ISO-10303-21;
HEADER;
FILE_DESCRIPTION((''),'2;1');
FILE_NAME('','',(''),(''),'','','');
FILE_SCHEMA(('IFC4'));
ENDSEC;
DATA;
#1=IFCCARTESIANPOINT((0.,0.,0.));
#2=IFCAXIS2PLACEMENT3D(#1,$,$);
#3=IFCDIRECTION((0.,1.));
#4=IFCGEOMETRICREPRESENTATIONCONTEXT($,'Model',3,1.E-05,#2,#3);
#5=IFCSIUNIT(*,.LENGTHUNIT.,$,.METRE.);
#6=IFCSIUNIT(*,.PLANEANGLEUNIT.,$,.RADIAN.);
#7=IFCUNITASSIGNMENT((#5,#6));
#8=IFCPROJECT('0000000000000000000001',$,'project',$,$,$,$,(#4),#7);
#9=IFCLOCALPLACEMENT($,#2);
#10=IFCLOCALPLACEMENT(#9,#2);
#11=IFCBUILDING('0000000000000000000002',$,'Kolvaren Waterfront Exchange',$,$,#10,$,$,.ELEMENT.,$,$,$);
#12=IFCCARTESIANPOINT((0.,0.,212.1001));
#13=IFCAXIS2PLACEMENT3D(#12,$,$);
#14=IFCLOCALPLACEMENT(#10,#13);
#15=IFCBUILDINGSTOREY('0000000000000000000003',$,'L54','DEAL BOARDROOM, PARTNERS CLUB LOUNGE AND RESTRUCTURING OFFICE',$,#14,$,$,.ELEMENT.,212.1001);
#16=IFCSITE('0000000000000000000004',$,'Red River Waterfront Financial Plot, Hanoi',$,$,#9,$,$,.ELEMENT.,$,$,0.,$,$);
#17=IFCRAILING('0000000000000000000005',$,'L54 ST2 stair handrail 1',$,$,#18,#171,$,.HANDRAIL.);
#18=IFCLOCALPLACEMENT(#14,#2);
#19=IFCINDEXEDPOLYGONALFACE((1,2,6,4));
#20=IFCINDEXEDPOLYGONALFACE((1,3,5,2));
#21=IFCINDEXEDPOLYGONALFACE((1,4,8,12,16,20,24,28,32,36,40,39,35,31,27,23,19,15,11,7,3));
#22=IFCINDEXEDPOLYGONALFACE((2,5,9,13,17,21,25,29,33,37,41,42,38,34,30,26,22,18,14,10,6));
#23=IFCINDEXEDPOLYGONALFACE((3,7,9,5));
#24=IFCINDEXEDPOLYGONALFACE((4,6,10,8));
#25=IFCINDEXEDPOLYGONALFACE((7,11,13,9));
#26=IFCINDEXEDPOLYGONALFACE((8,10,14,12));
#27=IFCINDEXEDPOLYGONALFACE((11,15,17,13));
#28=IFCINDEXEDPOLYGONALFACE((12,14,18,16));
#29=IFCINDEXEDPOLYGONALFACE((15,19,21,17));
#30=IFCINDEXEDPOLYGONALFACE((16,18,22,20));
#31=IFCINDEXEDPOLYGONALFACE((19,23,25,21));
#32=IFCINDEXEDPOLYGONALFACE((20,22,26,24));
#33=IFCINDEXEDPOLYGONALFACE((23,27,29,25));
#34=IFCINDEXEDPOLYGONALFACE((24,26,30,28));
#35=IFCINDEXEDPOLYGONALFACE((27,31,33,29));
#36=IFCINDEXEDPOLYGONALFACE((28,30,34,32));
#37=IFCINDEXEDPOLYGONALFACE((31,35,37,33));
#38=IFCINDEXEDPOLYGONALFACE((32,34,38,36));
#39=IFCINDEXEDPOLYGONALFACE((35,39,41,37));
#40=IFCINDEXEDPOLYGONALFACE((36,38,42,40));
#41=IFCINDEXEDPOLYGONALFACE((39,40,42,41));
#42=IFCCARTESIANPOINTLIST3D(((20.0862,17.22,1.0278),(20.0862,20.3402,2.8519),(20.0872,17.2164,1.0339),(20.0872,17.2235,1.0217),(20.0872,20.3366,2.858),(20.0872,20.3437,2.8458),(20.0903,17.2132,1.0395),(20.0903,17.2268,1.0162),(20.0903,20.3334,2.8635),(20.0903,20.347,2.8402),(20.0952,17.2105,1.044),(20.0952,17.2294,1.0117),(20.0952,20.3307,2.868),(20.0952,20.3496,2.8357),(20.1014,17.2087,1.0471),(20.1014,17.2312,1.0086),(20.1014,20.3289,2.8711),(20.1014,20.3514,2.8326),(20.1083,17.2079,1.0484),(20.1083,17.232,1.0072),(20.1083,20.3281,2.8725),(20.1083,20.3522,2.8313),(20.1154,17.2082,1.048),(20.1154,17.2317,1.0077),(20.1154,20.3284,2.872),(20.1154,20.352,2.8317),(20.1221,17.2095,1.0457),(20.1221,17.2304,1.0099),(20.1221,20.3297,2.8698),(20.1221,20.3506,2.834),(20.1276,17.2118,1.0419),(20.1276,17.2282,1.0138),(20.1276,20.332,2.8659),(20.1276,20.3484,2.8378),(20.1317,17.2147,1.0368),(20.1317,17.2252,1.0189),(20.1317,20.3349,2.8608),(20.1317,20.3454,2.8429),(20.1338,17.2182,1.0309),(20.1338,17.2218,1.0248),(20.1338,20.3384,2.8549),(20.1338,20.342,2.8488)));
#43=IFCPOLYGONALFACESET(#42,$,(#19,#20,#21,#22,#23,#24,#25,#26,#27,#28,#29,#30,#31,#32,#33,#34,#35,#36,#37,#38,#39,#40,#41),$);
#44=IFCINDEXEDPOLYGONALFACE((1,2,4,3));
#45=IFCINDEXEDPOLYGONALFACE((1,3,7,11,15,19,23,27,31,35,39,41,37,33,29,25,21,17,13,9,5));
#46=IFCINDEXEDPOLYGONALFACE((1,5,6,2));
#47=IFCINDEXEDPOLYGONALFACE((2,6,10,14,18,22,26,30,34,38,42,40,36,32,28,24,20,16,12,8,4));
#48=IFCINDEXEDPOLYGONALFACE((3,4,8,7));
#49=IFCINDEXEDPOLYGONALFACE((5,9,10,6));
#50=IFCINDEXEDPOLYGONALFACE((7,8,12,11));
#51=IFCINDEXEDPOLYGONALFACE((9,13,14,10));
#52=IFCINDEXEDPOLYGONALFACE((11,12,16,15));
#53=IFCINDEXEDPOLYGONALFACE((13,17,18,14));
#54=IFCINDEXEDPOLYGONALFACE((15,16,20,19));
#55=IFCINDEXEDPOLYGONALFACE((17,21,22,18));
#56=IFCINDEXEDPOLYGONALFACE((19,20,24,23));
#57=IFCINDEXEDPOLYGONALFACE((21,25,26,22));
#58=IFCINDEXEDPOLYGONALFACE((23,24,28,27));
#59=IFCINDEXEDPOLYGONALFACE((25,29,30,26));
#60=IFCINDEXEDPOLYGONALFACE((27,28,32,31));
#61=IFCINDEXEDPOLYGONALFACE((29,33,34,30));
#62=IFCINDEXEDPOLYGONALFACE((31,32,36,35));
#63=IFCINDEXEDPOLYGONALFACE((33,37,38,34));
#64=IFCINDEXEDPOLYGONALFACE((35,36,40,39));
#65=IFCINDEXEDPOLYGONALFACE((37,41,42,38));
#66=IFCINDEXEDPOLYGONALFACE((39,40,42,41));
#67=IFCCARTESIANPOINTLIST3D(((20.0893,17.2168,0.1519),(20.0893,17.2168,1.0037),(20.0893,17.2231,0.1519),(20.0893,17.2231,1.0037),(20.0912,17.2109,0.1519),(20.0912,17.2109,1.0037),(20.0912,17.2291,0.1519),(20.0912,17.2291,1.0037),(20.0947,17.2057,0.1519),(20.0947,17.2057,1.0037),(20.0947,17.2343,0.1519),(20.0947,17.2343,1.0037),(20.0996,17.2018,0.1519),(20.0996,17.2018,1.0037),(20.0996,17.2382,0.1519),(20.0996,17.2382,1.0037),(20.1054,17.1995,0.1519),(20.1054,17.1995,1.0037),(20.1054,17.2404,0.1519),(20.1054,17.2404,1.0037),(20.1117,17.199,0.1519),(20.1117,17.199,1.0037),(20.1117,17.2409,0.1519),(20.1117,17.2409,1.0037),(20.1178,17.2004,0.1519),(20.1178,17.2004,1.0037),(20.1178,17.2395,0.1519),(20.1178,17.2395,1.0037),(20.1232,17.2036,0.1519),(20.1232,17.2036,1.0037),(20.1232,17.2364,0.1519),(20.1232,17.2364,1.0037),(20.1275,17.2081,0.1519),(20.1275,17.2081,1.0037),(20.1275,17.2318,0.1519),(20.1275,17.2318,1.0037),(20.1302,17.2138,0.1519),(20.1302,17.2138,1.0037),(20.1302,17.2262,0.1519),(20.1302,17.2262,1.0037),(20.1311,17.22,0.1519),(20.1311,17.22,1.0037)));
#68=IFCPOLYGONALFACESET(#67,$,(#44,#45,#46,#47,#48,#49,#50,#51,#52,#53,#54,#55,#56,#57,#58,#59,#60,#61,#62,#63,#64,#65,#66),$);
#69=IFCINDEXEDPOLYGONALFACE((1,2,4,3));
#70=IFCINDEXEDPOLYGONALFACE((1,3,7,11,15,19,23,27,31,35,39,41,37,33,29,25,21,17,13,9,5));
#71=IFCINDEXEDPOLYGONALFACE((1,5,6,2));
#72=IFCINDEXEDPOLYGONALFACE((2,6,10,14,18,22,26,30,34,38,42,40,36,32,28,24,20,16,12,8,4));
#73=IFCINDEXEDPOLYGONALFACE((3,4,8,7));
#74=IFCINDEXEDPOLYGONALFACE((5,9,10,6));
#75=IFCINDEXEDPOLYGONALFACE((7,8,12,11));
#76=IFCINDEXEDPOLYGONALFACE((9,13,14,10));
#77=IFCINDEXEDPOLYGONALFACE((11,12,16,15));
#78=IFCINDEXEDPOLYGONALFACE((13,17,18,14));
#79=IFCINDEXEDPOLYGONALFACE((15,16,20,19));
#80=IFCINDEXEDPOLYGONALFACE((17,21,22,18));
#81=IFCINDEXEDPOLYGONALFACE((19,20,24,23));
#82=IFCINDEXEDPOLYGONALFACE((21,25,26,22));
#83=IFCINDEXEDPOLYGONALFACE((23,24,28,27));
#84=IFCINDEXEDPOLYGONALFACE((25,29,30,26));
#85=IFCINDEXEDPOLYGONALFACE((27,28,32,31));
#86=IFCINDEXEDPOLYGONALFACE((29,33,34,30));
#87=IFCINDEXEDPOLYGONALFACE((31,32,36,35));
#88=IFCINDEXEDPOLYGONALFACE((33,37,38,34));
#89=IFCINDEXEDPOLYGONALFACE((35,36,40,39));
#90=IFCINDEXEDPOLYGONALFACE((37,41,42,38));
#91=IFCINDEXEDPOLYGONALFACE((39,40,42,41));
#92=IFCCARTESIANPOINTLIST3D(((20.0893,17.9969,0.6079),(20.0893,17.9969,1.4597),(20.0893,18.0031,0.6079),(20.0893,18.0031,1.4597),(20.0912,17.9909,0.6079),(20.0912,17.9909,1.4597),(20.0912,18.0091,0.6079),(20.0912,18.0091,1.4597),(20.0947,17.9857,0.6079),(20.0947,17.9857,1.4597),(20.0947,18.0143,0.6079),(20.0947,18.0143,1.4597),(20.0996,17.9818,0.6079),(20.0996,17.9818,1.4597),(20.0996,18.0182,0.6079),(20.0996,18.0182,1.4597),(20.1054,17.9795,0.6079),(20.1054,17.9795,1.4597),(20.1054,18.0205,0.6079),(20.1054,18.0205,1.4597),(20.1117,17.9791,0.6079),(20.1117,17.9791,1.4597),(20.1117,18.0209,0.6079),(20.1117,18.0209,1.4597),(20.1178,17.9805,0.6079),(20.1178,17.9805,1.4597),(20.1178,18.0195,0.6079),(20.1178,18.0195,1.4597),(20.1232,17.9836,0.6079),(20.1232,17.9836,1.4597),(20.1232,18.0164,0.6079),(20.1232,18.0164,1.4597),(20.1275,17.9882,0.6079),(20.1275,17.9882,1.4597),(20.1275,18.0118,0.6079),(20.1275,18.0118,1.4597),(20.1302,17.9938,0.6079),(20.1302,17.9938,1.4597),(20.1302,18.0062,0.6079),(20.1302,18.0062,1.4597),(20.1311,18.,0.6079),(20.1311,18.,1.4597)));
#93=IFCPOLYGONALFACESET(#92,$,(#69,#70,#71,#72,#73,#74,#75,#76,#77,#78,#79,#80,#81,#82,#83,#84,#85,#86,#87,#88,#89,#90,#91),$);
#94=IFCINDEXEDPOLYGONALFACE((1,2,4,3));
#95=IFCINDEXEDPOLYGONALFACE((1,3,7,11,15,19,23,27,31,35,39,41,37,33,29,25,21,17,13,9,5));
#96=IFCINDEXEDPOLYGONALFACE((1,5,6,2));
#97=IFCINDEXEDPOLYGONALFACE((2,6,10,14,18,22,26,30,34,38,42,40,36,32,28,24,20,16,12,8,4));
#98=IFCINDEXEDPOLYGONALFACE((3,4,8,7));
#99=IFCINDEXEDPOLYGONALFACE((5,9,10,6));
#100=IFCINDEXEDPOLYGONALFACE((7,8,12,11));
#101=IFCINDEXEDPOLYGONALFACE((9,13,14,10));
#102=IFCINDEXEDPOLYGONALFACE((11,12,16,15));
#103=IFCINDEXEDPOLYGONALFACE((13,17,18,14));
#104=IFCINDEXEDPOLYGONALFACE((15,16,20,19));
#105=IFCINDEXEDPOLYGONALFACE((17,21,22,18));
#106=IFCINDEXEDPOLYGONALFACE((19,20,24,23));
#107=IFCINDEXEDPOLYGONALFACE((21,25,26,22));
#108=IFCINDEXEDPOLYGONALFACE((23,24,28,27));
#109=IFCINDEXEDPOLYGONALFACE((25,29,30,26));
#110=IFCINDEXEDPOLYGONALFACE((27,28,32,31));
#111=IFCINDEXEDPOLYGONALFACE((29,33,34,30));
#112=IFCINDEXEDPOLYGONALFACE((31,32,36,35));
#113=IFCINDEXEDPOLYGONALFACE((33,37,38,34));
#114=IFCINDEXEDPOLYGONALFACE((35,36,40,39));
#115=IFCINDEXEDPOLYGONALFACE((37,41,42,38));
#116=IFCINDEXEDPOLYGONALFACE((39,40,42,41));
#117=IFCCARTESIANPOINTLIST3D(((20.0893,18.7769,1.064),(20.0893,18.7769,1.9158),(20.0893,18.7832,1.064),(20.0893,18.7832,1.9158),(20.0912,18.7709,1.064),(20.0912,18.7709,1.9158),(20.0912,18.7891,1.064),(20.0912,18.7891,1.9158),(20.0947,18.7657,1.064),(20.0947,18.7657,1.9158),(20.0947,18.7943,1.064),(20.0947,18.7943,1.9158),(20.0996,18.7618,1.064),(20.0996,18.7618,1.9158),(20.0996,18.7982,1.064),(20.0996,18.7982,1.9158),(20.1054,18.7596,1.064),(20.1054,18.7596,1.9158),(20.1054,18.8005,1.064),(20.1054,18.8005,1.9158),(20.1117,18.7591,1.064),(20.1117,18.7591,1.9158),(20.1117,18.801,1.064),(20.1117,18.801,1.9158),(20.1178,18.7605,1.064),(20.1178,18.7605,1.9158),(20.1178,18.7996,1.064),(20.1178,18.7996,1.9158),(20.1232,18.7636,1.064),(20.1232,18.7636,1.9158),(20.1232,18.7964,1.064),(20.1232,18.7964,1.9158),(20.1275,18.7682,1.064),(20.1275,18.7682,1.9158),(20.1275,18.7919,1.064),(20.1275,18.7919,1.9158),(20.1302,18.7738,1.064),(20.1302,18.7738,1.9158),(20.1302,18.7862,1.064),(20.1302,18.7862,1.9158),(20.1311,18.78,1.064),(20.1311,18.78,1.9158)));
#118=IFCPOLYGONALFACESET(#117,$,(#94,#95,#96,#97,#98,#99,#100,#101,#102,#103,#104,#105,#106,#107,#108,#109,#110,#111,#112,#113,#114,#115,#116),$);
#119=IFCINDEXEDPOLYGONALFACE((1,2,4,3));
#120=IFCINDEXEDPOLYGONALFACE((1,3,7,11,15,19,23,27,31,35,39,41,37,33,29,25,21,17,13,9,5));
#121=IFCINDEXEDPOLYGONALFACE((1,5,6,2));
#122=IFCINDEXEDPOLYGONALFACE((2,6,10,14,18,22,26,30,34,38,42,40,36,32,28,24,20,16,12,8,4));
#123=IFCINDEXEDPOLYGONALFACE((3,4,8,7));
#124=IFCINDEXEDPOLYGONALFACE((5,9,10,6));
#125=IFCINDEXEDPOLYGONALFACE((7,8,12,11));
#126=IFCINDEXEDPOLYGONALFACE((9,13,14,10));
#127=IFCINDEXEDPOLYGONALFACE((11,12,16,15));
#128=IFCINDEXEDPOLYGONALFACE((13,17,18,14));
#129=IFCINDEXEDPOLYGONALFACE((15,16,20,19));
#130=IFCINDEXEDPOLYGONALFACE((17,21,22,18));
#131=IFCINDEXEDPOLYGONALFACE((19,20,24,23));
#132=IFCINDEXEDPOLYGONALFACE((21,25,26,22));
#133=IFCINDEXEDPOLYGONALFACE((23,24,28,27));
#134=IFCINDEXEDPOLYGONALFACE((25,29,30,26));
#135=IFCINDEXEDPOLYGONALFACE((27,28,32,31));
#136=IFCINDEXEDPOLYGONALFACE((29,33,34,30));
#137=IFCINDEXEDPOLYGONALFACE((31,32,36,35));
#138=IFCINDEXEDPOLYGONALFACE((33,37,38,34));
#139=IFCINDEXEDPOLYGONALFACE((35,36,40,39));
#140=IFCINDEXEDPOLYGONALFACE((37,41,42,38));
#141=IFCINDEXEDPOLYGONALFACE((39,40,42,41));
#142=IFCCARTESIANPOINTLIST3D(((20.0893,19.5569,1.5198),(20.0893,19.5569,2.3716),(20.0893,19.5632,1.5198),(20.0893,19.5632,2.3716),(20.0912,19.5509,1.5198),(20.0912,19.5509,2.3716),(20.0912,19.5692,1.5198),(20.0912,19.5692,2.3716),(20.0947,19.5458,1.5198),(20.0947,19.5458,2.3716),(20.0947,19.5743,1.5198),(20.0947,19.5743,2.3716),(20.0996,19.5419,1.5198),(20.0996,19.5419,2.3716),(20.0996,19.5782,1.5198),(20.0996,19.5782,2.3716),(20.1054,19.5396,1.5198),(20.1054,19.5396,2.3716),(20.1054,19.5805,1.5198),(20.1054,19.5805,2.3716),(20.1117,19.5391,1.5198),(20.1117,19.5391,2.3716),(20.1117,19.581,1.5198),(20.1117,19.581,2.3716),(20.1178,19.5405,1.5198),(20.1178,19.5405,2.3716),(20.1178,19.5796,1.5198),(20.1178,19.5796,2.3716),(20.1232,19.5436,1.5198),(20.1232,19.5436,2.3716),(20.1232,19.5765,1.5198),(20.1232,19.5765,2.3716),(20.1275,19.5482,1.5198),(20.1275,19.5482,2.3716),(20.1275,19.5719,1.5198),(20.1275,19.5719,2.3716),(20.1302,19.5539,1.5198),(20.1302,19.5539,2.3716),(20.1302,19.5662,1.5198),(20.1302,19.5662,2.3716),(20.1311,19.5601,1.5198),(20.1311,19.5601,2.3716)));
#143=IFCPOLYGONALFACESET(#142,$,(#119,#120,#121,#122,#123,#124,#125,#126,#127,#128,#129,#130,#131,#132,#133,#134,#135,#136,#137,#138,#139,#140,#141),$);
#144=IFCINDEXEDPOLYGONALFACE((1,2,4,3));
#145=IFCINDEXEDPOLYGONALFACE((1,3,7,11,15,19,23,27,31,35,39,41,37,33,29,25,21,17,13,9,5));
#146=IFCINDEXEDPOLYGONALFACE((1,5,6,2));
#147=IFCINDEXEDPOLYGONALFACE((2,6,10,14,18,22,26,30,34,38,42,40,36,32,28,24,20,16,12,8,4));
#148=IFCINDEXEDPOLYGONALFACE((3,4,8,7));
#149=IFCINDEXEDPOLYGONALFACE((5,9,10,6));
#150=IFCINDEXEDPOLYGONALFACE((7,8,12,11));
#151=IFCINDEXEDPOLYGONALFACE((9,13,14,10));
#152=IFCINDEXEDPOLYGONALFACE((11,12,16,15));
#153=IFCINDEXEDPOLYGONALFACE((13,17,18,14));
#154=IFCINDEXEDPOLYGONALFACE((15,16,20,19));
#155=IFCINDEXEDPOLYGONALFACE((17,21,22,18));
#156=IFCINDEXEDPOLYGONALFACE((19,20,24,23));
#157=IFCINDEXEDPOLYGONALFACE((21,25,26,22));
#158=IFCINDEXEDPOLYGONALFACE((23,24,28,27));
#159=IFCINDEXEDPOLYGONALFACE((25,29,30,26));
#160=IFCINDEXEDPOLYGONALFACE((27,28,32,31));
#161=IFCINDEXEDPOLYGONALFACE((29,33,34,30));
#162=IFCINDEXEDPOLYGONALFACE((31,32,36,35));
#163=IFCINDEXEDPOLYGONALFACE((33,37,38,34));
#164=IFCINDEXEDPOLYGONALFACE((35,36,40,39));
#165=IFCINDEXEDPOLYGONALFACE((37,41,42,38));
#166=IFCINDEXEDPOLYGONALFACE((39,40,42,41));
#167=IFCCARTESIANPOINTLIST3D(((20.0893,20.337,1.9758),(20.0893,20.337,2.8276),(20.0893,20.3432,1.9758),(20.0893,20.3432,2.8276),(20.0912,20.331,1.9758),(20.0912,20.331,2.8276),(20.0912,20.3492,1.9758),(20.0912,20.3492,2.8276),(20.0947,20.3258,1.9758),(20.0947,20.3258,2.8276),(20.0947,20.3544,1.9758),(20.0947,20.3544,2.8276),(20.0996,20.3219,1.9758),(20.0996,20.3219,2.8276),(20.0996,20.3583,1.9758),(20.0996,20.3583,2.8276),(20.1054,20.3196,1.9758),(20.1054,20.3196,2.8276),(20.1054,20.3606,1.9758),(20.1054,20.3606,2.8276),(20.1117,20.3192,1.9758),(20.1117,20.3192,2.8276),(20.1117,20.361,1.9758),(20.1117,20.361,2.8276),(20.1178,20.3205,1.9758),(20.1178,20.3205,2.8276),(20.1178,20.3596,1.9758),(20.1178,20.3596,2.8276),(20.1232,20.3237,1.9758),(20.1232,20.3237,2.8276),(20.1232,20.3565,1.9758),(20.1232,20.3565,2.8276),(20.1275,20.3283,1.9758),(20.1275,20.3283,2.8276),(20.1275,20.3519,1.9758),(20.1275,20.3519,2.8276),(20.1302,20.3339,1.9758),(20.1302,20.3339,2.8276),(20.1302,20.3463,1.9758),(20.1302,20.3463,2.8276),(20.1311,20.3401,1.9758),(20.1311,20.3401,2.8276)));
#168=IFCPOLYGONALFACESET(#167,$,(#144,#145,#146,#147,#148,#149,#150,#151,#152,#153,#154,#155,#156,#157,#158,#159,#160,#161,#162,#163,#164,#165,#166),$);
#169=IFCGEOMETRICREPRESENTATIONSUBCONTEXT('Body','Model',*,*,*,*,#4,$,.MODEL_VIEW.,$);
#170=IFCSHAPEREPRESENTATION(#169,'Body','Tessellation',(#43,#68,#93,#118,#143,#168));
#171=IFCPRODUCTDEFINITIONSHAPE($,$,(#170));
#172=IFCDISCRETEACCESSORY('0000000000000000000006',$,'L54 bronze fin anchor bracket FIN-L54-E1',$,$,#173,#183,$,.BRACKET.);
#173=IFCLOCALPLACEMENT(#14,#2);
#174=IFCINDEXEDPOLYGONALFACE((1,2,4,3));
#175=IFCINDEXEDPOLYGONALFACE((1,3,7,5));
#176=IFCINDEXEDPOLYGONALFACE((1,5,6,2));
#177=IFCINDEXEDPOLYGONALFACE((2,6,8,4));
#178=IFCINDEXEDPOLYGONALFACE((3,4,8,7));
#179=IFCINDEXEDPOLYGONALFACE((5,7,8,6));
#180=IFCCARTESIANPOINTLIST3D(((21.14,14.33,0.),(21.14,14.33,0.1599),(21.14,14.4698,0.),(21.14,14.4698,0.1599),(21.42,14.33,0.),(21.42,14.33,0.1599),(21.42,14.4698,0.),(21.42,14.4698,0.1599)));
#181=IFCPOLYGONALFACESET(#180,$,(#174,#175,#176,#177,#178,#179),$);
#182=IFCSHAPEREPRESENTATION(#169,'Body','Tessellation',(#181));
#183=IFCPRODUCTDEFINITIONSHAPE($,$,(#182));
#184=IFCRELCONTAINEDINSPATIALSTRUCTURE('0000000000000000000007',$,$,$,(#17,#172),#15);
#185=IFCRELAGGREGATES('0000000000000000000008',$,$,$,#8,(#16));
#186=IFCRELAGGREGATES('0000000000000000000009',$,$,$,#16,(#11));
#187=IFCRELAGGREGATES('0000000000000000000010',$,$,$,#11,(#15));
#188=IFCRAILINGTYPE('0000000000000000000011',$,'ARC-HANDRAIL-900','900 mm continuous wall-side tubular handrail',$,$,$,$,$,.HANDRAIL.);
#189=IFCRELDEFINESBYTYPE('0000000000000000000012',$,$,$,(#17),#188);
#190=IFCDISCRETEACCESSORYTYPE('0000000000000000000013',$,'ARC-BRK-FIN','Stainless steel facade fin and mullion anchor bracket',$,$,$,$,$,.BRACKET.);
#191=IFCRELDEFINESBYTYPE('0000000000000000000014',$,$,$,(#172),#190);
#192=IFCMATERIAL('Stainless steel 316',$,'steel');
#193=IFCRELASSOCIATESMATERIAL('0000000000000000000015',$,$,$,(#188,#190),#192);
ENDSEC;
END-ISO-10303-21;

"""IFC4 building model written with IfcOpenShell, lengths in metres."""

from ifc_helpers import new_model, si_unit, direction, frame, origin, origin_with_axes, origin_2d, place, context, subcontext, project, spatial, rectangle, circle, extrude, source, transform, mapped, material, type_object, element, save


model = new_model("IFC4")

# Units and contexts
model_context = context("Model", 3, precision=1e-05, world=origin(), true_north=direction((0.0, 1.0)))
body_context = subcontext(model_context, "Body", "Model", "MODEL_VIEW")
ifc_project = project(units=[si_unit("LENGTHUNIT", "METRE"), si_unit("PLANEANGLEUNIT", "RADIAN")], contexts=[model_context])

# Site, building, storey
site_placement = place(None, origin())
site = spatial("IfcSite", under=ifc_project, at=site_placement, Name="Red River Waterfront Financial Plot, Hanoi", CompositionType="ELEMENT", RefElevation=0.0)
building_placement = place(site_placement, origin())
building = spatial("IfcBuilding", under=site, at=building_placement, Name="Kolvaren Waterfront Exchange", CompositionType="ELEMENT")
storey_placement = place(building_placement, frame((0.0, 0.0, 212.1001)))
storey = spatial("IfcBuildingStorey", under=building, at=storey_placement, Name="L54", Description="DEAL BOARDROOM, PARTNERS CLUB LOUNGE AND RESTRUCTURING OFFICE", CompositionType="ELEMENT", Elevation=212.1001)

# Railing
ifc_material_1 = material(Name="Stainless steel 316", Category="steel")
railing_type_1 = type_object("IfcRailingType", Name="ARC-HANDRAIL-900", Description="900 mm continuous wall-side tubular handrail", PredefinedType="HANDRAIL", material=ifc_material_1)
railing_1_placement = place(storey_placement, frame((20.1101, 17.22, 0.1519)))
element("IfcRailing", 1, at=railing_1_placement, inside=storey, type_object=railing_type_1, Name="L54 ST2 stair handrail 1", PredefinedType="HANDRAIL", context=body_context, shape_type="SweptSolid", body=[
    extrude(circle(Radius=0.0239, at=origin_2d()), frame((0.0, 0.0, 0.876), z_axis=(0.0, 0.863308, 0.504677), x_axis=(-1.0, 0.0, 0.0)), (0.0, 0.0, 1.0), 3.6143),
    extrude(circle(Radius=0.021, at=origin_2d()), origin(), (0.0, 0.0, 1.0), 0.8518),
    extrude(circle(Radius=0.021, at=origin_2d()), frame((0.0, 0.78, 0.4561)), (0.0, 0.0, 1.0), 0.8518),
    extrude(circle(Radius=0.021, at=origin_2d()), frame((0.0, 1.5601, 0.9121)), (0.0, 0.0, 1.0), 0.8518),
    extrude(circle(Radius=0.021, at=origin_2d()), frame((0.0, 2.3401, 1.3679)), (0.0, 0.0, 1.0), 0.8518),
    extrude(circle(Radius=0.021, at=origin_2d()), frame((0.0, 3.1201, 1.824)), (0.0, 0.0, 1.0), 0.8518),
])

# Discrete accessory
discrete_accessory_type = type_object("IfcDiscreteAccessoryType", Name="ARC-BRK-FIN", Description="Stainless steel facade fin and mullion anchor bracket", PredefinedType="BRACKET", material=ifc_material_1)
shared_shape = source(origin_with_axes(), body_context, "Body", "SweptSolid", [
    extrude(rectangle(XDim=0.28, YDim=0.1399, at=origin_2d()), origin(), (0.0, 0.0, 1.0), 0.1599),
])
discrete_accessory_placement = place(storey_placement, frame((21.28, 14.3999, 0.0), z_axis=(0.0, 0.0, 1.0), x_axis=(1.0, 0.0, 0.0)))
element("IfcDiscreteAccessory", 2, at=discrete_accessory_placement, inside=storey, type_object=discrete_accessory_type, Name="L54 bronze fin anchor bracket FIN-L54-E1", PredefinedType="BRACKET", context=body_context, shape_type="MappedRepresentation", body=[
    mapped(shared_shape, transform((0.0, 0.0, 0.0), x_axis=(1.0, 0.0, 0.0), y_axis=(0.0, 1.0, 0.0), z_axis=(0.0, 0.0, 1.0), scale=1.0)),
])

save(model, "model.ifc")
